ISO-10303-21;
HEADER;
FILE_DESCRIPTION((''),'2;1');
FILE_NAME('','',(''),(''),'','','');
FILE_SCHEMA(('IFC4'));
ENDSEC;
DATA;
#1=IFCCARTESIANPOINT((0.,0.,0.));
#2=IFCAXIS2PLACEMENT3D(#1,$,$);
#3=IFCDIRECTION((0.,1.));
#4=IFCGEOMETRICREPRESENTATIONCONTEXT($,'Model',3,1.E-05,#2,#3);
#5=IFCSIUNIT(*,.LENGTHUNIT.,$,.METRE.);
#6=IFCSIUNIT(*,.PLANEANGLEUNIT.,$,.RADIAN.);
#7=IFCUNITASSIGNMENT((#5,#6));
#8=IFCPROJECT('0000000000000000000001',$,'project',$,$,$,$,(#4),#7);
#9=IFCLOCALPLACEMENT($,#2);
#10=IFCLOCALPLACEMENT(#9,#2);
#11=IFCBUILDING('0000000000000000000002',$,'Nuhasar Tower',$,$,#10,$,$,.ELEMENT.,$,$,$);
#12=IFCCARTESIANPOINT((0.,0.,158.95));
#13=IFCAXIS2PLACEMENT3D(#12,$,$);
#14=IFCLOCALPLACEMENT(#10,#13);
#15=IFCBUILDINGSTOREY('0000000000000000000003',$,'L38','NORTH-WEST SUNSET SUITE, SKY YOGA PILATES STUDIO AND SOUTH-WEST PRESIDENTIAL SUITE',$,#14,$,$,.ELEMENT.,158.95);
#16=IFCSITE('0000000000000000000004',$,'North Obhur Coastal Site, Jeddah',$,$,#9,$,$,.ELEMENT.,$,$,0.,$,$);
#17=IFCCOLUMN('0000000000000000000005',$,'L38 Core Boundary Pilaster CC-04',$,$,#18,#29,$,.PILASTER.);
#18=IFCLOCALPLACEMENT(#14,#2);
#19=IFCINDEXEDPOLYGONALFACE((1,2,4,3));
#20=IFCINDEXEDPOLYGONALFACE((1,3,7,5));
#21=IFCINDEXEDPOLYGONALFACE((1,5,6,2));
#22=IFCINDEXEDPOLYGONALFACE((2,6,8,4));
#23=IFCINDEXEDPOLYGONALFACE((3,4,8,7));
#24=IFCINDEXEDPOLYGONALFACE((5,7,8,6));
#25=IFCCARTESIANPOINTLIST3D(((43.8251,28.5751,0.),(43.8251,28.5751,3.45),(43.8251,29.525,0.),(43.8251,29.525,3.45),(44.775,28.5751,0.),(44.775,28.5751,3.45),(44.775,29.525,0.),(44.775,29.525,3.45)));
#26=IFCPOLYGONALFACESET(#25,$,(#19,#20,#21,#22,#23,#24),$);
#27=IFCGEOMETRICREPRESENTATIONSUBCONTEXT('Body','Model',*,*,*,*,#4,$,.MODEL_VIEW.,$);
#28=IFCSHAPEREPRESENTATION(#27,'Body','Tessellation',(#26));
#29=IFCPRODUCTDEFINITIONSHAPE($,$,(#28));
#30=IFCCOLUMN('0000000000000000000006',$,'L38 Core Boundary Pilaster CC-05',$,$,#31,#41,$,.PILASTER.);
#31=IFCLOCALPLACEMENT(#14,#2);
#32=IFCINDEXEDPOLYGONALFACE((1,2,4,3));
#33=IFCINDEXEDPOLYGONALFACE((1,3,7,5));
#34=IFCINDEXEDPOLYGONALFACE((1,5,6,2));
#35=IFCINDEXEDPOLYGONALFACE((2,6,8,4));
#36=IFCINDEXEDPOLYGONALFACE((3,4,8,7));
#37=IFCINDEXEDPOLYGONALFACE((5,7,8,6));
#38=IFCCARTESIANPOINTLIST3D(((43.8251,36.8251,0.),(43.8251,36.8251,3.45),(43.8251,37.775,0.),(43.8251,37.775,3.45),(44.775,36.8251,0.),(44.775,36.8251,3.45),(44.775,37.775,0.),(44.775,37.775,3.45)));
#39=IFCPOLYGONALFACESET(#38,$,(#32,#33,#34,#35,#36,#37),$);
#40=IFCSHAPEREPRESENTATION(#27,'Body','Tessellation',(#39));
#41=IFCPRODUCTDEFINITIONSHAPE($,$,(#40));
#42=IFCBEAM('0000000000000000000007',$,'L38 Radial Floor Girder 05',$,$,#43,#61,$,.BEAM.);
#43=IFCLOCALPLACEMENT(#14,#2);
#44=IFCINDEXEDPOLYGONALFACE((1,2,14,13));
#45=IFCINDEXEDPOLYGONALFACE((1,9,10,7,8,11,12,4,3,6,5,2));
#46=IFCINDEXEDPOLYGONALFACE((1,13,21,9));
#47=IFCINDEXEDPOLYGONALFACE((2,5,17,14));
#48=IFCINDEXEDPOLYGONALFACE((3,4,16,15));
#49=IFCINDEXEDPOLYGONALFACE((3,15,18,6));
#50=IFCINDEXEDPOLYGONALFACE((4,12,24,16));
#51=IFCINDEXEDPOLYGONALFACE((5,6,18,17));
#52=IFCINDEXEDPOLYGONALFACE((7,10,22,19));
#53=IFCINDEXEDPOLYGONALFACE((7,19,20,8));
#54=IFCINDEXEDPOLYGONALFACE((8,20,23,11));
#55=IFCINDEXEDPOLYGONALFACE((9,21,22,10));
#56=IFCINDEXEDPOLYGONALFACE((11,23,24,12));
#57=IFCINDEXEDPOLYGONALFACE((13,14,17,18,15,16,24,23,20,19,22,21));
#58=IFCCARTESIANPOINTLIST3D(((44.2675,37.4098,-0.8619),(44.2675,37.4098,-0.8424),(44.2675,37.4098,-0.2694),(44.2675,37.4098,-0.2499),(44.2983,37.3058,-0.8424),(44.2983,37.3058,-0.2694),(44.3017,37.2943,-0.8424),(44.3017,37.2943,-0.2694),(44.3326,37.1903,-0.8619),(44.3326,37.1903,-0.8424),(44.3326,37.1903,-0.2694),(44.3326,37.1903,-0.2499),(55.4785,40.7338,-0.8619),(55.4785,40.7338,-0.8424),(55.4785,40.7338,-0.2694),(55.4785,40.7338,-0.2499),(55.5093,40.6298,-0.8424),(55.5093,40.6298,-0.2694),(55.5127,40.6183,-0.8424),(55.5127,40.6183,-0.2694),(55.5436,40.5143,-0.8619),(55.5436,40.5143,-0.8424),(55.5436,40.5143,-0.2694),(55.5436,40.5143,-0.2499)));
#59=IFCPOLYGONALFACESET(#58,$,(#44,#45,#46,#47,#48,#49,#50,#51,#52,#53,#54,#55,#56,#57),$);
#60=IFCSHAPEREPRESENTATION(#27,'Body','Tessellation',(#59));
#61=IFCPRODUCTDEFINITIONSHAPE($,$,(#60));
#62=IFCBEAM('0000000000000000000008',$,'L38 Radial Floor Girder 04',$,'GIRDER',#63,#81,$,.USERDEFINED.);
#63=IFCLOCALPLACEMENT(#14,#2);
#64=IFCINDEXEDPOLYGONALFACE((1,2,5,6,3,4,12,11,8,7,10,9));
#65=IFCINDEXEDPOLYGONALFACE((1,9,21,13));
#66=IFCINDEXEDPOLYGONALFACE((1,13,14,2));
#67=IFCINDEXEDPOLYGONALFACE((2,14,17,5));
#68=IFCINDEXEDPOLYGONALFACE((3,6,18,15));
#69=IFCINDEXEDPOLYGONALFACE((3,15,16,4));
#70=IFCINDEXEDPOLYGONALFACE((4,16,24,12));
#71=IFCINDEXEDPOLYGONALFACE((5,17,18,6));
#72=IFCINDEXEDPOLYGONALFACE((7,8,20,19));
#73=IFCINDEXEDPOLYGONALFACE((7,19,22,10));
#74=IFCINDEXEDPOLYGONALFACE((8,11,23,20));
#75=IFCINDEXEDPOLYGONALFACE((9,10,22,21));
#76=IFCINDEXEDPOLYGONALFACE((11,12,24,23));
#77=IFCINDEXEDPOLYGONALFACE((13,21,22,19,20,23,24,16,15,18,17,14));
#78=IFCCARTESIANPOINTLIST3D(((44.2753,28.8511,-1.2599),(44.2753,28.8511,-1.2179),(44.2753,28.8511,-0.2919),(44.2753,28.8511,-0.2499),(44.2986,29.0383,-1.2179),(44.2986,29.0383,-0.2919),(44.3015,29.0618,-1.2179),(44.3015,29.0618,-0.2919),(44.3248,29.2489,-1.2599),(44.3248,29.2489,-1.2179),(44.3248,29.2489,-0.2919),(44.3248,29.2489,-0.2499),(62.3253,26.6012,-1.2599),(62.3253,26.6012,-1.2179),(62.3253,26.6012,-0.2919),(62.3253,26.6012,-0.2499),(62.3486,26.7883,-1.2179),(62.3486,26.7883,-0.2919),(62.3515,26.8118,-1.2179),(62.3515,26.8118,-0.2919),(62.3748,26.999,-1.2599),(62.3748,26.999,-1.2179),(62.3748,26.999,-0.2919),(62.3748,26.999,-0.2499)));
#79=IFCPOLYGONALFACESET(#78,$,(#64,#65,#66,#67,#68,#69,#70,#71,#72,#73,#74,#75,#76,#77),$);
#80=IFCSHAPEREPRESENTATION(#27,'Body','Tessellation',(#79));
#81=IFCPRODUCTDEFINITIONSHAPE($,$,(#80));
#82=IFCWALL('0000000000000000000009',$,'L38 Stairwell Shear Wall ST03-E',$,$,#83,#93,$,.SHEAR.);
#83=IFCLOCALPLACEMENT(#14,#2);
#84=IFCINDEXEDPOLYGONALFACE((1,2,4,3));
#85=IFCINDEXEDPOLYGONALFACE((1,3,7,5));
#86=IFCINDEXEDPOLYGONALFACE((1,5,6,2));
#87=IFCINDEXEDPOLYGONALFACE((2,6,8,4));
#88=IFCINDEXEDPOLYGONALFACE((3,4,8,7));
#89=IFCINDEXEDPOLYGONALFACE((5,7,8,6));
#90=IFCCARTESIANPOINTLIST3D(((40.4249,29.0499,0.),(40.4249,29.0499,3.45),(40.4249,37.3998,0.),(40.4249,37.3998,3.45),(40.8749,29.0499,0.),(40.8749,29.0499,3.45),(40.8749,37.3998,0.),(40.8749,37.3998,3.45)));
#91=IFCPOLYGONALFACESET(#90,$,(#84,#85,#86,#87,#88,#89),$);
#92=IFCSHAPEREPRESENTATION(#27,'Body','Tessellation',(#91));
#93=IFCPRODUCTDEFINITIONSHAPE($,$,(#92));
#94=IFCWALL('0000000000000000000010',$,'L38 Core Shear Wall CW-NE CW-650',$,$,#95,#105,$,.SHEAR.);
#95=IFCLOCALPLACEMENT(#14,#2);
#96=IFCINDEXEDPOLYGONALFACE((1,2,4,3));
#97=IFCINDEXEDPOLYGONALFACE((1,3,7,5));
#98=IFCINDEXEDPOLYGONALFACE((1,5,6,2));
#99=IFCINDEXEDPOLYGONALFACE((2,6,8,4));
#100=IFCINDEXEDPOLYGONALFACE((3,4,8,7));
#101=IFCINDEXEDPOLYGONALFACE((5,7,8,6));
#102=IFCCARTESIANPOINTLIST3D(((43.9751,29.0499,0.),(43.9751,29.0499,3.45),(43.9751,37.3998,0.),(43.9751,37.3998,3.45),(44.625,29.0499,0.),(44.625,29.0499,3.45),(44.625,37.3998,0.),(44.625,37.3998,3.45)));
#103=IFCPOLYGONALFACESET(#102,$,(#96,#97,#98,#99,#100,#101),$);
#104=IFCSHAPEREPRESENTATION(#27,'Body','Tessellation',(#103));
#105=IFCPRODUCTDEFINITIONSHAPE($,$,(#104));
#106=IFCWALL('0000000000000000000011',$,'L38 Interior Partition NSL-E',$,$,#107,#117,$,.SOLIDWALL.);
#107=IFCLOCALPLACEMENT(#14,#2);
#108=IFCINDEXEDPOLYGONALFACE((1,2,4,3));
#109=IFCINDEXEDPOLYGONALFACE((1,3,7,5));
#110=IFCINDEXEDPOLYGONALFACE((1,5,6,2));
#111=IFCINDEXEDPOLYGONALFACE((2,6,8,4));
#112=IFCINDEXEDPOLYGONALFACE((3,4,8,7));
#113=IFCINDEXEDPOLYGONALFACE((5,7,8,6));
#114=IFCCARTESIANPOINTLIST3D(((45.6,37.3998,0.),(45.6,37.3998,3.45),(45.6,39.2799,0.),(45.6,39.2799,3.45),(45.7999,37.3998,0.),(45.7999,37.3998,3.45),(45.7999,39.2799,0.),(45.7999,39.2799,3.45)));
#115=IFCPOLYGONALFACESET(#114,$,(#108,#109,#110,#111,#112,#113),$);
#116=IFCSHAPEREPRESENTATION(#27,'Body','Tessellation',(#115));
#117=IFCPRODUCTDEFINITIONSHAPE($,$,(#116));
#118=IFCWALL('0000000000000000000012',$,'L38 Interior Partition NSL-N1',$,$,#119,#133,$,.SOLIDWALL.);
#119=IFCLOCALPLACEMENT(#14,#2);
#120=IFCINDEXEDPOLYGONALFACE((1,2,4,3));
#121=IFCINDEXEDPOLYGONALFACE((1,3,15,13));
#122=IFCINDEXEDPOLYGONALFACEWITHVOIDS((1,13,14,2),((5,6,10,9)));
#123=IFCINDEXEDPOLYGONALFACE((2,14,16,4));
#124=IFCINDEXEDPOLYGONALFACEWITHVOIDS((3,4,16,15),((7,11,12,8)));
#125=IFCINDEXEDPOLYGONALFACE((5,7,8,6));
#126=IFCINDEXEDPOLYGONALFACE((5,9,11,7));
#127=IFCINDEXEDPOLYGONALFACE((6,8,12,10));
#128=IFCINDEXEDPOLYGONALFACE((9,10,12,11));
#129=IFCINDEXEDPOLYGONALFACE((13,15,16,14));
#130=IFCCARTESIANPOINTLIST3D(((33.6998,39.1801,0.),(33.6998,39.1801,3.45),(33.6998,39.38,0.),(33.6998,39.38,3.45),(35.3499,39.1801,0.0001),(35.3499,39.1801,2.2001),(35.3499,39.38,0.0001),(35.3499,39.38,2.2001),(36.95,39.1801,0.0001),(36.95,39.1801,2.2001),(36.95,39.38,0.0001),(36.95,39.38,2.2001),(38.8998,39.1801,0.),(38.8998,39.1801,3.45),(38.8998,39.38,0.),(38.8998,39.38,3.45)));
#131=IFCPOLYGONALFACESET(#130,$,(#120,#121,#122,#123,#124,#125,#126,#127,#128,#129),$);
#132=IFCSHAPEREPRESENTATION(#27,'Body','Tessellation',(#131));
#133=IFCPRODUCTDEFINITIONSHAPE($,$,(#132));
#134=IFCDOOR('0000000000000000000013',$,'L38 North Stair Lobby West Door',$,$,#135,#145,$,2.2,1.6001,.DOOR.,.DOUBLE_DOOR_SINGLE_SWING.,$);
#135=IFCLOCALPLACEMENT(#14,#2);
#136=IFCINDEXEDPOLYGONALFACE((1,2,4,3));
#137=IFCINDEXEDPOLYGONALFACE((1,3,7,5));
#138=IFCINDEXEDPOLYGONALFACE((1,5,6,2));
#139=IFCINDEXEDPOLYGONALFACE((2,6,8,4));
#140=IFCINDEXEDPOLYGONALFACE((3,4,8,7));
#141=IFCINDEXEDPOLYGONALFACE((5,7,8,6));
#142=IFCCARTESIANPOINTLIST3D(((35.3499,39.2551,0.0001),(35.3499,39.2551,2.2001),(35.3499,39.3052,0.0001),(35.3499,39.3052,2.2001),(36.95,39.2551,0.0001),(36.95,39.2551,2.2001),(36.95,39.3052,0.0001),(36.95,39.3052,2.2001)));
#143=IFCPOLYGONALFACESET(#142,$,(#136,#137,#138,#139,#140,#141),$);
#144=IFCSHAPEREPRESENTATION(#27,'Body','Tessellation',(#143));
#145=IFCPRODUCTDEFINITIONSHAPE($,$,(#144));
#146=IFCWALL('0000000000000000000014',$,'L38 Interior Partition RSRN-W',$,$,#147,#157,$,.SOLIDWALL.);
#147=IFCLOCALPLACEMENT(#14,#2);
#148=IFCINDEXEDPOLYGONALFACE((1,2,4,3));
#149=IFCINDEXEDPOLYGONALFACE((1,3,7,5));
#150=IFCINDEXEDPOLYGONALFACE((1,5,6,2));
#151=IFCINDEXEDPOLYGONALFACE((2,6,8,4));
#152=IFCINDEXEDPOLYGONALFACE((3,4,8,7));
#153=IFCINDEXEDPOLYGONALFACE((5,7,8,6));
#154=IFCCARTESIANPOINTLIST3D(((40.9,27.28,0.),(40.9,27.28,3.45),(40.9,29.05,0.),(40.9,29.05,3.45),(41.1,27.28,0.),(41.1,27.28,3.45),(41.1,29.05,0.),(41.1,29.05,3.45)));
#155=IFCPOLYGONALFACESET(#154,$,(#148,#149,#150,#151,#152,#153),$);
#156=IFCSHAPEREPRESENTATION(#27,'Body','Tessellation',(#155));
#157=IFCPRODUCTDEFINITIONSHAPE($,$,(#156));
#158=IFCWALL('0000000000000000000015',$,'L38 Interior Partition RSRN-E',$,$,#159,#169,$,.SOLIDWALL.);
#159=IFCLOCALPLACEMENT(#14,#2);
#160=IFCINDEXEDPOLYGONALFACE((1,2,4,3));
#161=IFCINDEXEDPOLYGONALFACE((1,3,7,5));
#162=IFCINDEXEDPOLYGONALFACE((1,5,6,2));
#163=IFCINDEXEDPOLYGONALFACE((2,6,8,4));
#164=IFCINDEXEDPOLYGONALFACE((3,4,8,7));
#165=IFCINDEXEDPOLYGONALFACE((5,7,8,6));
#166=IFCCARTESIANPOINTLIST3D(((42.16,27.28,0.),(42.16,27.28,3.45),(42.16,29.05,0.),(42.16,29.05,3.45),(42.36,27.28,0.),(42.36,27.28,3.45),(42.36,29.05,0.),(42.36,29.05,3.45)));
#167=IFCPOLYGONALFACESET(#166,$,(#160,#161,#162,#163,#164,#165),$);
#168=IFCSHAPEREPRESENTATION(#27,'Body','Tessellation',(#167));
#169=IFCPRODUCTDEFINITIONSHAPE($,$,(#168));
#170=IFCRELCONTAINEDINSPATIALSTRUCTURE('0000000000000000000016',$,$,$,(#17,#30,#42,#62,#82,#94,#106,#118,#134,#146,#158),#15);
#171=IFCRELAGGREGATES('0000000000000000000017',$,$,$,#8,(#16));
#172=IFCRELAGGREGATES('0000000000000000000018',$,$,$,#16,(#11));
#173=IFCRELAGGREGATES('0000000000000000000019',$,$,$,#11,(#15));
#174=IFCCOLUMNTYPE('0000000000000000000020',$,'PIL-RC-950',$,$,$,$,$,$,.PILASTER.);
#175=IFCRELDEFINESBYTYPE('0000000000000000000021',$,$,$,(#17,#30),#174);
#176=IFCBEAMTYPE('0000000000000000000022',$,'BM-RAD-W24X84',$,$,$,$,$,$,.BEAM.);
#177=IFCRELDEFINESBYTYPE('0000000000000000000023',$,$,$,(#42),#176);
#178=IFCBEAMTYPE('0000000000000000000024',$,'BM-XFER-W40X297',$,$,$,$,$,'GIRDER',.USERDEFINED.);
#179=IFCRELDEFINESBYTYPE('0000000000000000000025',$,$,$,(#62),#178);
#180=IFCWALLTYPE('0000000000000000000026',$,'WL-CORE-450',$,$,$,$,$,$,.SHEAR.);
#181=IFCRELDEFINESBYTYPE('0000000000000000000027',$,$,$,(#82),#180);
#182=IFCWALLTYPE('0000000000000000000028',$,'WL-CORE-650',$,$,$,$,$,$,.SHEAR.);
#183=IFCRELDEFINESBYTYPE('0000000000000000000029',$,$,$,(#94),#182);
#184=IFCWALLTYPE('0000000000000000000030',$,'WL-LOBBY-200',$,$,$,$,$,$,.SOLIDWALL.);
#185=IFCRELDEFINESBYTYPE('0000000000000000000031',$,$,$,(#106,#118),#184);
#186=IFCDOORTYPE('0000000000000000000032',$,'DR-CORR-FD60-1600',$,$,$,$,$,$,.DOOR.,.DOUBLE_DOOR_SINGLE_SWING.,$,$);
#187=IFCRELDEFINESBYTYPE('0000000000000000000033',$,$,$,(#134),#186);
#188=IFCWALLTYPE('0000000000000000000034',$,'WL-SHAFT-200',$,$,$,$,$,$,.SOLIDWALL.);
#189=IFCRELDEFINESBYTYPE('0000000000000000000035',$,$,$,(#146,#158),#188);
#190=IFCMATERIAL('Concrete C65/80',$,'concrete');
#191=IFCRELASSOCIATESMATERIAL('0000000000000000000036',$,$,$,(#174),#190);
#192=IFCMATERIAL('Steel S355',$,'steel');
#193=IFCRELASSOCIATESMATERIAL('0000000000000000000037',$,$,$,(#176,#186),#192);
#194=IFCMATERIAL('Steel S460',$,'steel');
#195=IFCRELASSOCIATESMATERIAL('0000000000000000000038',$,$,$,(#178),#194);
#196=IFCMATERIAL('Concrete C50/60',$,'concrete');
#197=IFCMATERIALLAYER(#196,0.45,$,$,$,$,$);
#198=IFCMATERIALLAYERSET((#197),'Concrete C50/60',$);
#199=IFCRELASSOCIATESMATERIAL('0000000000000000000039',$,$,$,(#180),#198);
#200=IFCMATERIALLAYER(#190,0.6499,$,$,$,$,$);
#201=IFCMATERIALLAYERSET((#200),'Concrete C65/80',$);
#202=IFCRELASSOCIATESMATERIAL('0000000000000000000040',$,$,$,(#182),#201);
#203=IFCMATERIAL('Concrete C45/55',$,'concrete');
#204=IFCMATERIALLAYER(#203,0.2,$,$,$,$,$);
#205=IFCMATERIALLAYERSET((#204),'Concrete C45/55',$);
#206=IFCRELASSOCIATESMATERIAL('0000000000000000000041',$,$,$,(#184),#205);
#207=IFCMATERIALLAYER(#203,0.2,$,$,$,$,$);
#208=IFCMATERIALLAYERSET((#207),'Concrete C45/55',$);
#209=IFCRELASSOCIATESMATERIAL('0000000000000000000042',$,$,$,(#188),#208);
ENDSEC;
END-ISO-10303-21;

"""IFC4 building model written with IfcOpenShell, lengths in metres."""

from ifc_helpers import new_model, si_unit, direction, frame, frame_2d, origin, origin_2d, place, context, subcontext, project, spatial, rectangle, i_section, extrude, material, layer, layer_set, material_profile, profile_set, type_object, element, fill, save


model = new_model("IFC4")

# Units and contexts
model_context = context("Model", 3, precision=1e-05, world=origin(), true_north=direction((0.0, 1.0)))
body_context = subcontext(model_context, "Body", "Model", "MODEL_VIEW")
ifc_project = project(units=[si_unit("LENGTHUNIT", "METRE"), si_unit("PLANEANGLEUNIT", "RADIAN")], contexts=[model_context])

# Site, building, storey
site_placement = place(None, origin())
site = spatial("IfcSite", under=ifc_project, at=site_placement, Name="North Obhur Coastal Site, Jeddah", CompositionType="ELEMENT", RefElevation=0.0)
building_placement = place(site_placement, origin())
building = spatial("IfcBuilding", under=site, at=building_placement, Name="Nuhasar Tower", CompositionType="ELEMENT")
storey_placement = place(building_placement, frame((0.0, 0.0, 158.95)))
storey = spatial("IfcBuildingStorey", under=building, at=storey_placement, Name="L38", Description="NORTH-WEST SUNSET SUITE, SKY YOGA PILATES STUDIO AND SOUTH-WEST PRESIDENTIAL SUITE", CompositionType="ELEMENT", Elevation=158.95)

# Columns
ifc_material_1 = material(Name="Concrete C65/80", Category="concrete")
ifc_material_profile_1 = material_profile(ifc_material_1, rectangle(XDim=0.95, YDim=0.95, at=origin_2d()), Name="RC950X950")
ifc_profile_set_1 = profile_set([ifc_material_profile_1], Name="Concrete C65/80")
column_type = type_object("IfcColumnType", Name="PIL-RC-950", PredefinedType="PILASTER", material=ifc_profile_set_1)
for number, where, z_axis, x_axis, name in (
    (1, (44.3, 29.05, 0.0), (0.0, 0.0, 1.0), (1.0, 0.0, 0.0), "L38 Core Boundary Pilaster CC-04"),
    (2, (44.3, 37.3, 0.0), (0.0, 0.0, 1.0), (1.0, 0.0, 0.0), "L38 Core Boundary Pilaster CC-05"),
):
    element("IfcColumn", number, at=place(storey_placement, frame(where, z_axis=z_axis, x_axis=x_axis)), inside=storey, type_object=column_type, Name=name, PredefinedType="PILASTER", context=body_context, shape_type="SweptSolid", body=[
        extrude(rectangle(XDim=0.95, YDim=0.95, at=origin_2d()), origin(), (0.0, 0.0, 1.0), 3.45),
    ])

# Beams
ifc_material_2 = material(Name="Steel S355", Category="steel")
ifc_material_profile_2 = material_profile(ifc_material_2, i_section(OverallWidth=0.229, OverallDepth=0.6121, WebThickness=0.012, FlangeThickness=0.0195, at=origin_2d()), Name="W24X84")
ifc_profile_set_2 = profile_set([ifc_material_profile_2], Name="Steel S355")
beam_type_1 = type_object("IfcBeamType", Name="BM-RAD-W24X84", PredefinedType="BEAM", material=ifc_profile_set_2)
beam_1_placement = place(storey_placement, frame((44.3, 37.3, -0.5559), z_axis=(0.958746, 0.284262, 0.0), x_axis=(-0.284262, 0.958746, 0.0)))
element("IfcBeam", 3, at=beam_1_placement, inside=storey, type_object=beam_type_1, Name="L38 Radial Floor Girder 05", PredefinedType="BEAM", context=body_context, shape_type="SweptSolid", body=[
    extrude(i_section(OverallWidth=0.229, OverallDepth=0.6121, WebThickness=0.012, FlangeThickness=0.0195, at=origin_2d()), origin(), (0.0, 0.0, 1.0), 11.6934),
])
ifc_material_3 = material(Name="Steel S460", Category="steel")
ifc_material_profile_3 = material_profile(ifc_material_3, i_section(OverallWidth=0.4009, OverallDepth=1.01, WebThickness=0.0237, FlangeThickness=0.042, at=origin_2d()), Name="W40X297")
ifc_profile_set_3 = profile_set([ifc_material_profile_3], Name="Steel S460")
beam_type_2 = type_object("IfcBeamType", Name="BM-XFER-W40X297", ElementType="GIRDER", PredefinedType="USERDEFINED", material=ifc_profile_set_3)
beam_2_placement = place(storey_placement, frame((44.3, 29.05, -0.7549), z_axis=(0.99232, -0.123696, 0.0), x_axis=(0.123696, 0.99232, 0.0)))
element("IfcBeam", 4, at=beam_2_placement, inside=storey, type_object=beam_type_2, Name="L38 Radial Floor Girder 04", ObjectType="GIRDER", PredefinedType="USERDEFINED", context=body_context, shape_type="SweptSolid", body=[
    extrude(i_section(OverallWidth=0.4009, OverallDepth=1.01, WebThickness=0.0237, FlangeThickness=0.042, at=origin_2d()), origin(), (0.0, 0.0, 1.0), 18.1897),
])

# Shared definitions
ifc_material_4 = material(Name="Concrete C50/60", Category="concrete")
ifc_layer_1 = layer(ifc_material_4, 0.45)
ifc_layer_set_1 = layer_set([ifc_layer_1], Name="Concrete C50/60")
wall_type_1 = type_object("IfcWallType", Name="WL-CORE-450", PredefinedType="SHEAR", material=ifc_layer_set_1)

# Wall
wall_1_placement = place(storey_placement, frame((40.6499, 29.05, 0.0), z_axis=(0.0, 0.0, 1.0), x_axis=(0.0, 1.0, 0.0)))
element("IfcWall", 5, at=wall_1_placement, inside=storey, type_object=wall_type_1, Name="L38 Stairwell Shear Wall ST03-E", PredefinedType="SHEAR", context=body_context, shape_type="SweptSolid", body=[
    extrude(rectangle(XDim=8.3499, YDim=0.45, at=frame_2d((4.1748, 0.0))), origin(), (0.0, 0.0, 1.0), 3.45),
])

# Walls
ifc_layer_2 = layer(ifc_material_1, 0.6499)
ifc_layer_set_2 = layer_set([ifc_layer_2], Name="Concrete C65/80")
wall_type_2 = type_object("IfcWallType", Name="WL-CORE-650", PredefinedType="SHEAR", material=ifc_layer_set_2)
wall_2_placement = place(storey_placement, frame((44.3, 29.05, 0.0), z_axis=(0.0, 0.0, 1.0), x_axis=(0.0, 1.0, 0.0)))
element("IfcWall", 6, at=wall_2_placement, inside=storey, type_object=wall_type_2, Name="L38 Core Shear Wall CW-NE CW-650", PredefinedType="SHEAR", context=body_context, shape_type="SweptSolid", body=[
    extrude(rectangle(XDim=8.3499, YDim=0.6499, at=frame_2d((4.1748, 0.0))), origin(), (0.0, 0.0, 1.0), 3.45),
])
ifc_material_5 = material(Name="Concrete C45/55", Category="concrete")
ifc_layer_3 = layer(ifc_material_5, 0.2)
ifc_layer_set_3 = layer_set([ifc_layer_3], Name="Concrete C45/55")
wall_type_3 = type_object("IfcWallType", Name="WL-LOBBY-200", PredefinedType="SOLIDWALL", material=ifc_layer_set_3)
wall_3_placement = place(storey_placement, frame((45.7, 37.3999, 0.0), z_axis=(0.0, 0.0, 1.0), x_axis=(0.0, 1.0, 0.0)))
element("IfcWall", 7, at=wall_3_placement, inside=storey, type_object=wall_type_3, Name="L38 Interior Partition NSL-E", PredefinedType="SOLIDWALL", context=body_context, shape_type="SweptSolid", body=[
    extrude(rectangle(XDim=1.8801, YDim=0.2, at=frame_2d((0.9399, 0.0))), origin(), (0.0, 0.0, 1.0), 3.45),
])

# Wall, opening, door
wall_4_placement = place(storey_placement, frame((38.8999, 39.28, 0.0), z_axis=(0.0, 0.0, 1.0), x_axis=(-1.0, 0.0, 0.0)))
wall_4 = element("IfcWall", 8, at=wall_4_placement, inside=storey, type_object=wall_type_3, Name="L38 Interior Partition NSL-N1", PredefinedType="SOLIDWALL", context=body_context, shape_type="SweptSolid", body=[
    extrude(rectangle(XDim=5.2, YDim=0.2, at=frame_2d((2.6001, 0.0))), origin(), (0.0, 0.0, 1.0), 3.45),
])
opening_1_placement = place(wall_4_placement, frame((1.95, 0.0, 0.0)))
opening_1 = element("IfcOpeningElement", 9, at=opening_1_placement, cuts=wall_4, PredefinedType="OPENING", context=body_context, shape_type="SweptSolid", body=[
    extrude(rectangle(XDim=1.6001, YDim=2.2, at=frame_2d((0.8, 1.1001))), frame((0.0, 0.1099, 0.0), z_axis=(0.0, -1.0, 0.0), x_axis=(1.0, 0.0, 0.0)), (0.0, 0.0, 1.0), 0.22),
])
door_type_1 = type_object("IfcDoorType", Name="DR-CORR-FD60-1600", OperationType="DOUBLE_DOOR_SINGLE_SWING", PredefinedType="DOOR", material=ifc_material_2)
door_1_placement = place(opening_1_placement, origin())
door_1 = element("IfcDoor", 10, at=door_1_placement, inside=storey, type_object=door_type_1, Name="L38 North Stair Lobby West Door", OperationType="DOUBLE_DOOR_SINGLE_SWING", OverallHeight=2.2, OverallWidth=1.6001, PredefinedType="DOOR", context=body_context, shape_type="SweptSolid", body=[
    extrude(rectangle(XDim=1.6001, YDim=2.2, at=frame_2d((0.8, 1.1001))), frame((0.0, 0.0249, 0.0), z_axis=(0.0, -1.0, 0.0), x_axis=(1.0, 0.0, 0.0)), (0.0, 0.0, 1.0), 0.05),
])
fill(opening_1, door_1)

# Walls
ifc_layer_4 = layer(ifc_material_5, 0.2)
ifc_layer_set_4 = layer_set([ifc_layer_4], Name="Concrete C45/55")
wall_type_4 = type_object("IfcWallType", Name="WL-SHAFT-200", PredefinedType="SOLIDWALL", material=ifc_layer_set_4)
for number, where, z_axis, x_axis, name in (
    (11, (41.0, 27.28, 0.0), (0.0, 0.0, 1.0), (0.0, 1.0, 0.0), "L38 Interior Partition RSRN-W"),
    (12, (42.26, 27.28, 0.0), (0.0, 0.0, 1.0), (0.0, 1.0, 0.0), "L38 Interior Partition RSRN-E"),
):
    element("IfcWall", number, at=place(storey_placement, frame(where, z_axis=z_axis, x_axis=x_axis)), inside=storey, type_object=wall_type_4, Name=name, PredefinedType="SOLIDWALL", context=body_context, shape_type="SweptSolid", body=[
        extrude(rectangle(XDim=1.77, YDim=0.2, at=frame_2d((0.885, 0.0))), origin(), (0.0, 0.0, 1.0), 3.45),
    ])

save(model, "model.ifc")
